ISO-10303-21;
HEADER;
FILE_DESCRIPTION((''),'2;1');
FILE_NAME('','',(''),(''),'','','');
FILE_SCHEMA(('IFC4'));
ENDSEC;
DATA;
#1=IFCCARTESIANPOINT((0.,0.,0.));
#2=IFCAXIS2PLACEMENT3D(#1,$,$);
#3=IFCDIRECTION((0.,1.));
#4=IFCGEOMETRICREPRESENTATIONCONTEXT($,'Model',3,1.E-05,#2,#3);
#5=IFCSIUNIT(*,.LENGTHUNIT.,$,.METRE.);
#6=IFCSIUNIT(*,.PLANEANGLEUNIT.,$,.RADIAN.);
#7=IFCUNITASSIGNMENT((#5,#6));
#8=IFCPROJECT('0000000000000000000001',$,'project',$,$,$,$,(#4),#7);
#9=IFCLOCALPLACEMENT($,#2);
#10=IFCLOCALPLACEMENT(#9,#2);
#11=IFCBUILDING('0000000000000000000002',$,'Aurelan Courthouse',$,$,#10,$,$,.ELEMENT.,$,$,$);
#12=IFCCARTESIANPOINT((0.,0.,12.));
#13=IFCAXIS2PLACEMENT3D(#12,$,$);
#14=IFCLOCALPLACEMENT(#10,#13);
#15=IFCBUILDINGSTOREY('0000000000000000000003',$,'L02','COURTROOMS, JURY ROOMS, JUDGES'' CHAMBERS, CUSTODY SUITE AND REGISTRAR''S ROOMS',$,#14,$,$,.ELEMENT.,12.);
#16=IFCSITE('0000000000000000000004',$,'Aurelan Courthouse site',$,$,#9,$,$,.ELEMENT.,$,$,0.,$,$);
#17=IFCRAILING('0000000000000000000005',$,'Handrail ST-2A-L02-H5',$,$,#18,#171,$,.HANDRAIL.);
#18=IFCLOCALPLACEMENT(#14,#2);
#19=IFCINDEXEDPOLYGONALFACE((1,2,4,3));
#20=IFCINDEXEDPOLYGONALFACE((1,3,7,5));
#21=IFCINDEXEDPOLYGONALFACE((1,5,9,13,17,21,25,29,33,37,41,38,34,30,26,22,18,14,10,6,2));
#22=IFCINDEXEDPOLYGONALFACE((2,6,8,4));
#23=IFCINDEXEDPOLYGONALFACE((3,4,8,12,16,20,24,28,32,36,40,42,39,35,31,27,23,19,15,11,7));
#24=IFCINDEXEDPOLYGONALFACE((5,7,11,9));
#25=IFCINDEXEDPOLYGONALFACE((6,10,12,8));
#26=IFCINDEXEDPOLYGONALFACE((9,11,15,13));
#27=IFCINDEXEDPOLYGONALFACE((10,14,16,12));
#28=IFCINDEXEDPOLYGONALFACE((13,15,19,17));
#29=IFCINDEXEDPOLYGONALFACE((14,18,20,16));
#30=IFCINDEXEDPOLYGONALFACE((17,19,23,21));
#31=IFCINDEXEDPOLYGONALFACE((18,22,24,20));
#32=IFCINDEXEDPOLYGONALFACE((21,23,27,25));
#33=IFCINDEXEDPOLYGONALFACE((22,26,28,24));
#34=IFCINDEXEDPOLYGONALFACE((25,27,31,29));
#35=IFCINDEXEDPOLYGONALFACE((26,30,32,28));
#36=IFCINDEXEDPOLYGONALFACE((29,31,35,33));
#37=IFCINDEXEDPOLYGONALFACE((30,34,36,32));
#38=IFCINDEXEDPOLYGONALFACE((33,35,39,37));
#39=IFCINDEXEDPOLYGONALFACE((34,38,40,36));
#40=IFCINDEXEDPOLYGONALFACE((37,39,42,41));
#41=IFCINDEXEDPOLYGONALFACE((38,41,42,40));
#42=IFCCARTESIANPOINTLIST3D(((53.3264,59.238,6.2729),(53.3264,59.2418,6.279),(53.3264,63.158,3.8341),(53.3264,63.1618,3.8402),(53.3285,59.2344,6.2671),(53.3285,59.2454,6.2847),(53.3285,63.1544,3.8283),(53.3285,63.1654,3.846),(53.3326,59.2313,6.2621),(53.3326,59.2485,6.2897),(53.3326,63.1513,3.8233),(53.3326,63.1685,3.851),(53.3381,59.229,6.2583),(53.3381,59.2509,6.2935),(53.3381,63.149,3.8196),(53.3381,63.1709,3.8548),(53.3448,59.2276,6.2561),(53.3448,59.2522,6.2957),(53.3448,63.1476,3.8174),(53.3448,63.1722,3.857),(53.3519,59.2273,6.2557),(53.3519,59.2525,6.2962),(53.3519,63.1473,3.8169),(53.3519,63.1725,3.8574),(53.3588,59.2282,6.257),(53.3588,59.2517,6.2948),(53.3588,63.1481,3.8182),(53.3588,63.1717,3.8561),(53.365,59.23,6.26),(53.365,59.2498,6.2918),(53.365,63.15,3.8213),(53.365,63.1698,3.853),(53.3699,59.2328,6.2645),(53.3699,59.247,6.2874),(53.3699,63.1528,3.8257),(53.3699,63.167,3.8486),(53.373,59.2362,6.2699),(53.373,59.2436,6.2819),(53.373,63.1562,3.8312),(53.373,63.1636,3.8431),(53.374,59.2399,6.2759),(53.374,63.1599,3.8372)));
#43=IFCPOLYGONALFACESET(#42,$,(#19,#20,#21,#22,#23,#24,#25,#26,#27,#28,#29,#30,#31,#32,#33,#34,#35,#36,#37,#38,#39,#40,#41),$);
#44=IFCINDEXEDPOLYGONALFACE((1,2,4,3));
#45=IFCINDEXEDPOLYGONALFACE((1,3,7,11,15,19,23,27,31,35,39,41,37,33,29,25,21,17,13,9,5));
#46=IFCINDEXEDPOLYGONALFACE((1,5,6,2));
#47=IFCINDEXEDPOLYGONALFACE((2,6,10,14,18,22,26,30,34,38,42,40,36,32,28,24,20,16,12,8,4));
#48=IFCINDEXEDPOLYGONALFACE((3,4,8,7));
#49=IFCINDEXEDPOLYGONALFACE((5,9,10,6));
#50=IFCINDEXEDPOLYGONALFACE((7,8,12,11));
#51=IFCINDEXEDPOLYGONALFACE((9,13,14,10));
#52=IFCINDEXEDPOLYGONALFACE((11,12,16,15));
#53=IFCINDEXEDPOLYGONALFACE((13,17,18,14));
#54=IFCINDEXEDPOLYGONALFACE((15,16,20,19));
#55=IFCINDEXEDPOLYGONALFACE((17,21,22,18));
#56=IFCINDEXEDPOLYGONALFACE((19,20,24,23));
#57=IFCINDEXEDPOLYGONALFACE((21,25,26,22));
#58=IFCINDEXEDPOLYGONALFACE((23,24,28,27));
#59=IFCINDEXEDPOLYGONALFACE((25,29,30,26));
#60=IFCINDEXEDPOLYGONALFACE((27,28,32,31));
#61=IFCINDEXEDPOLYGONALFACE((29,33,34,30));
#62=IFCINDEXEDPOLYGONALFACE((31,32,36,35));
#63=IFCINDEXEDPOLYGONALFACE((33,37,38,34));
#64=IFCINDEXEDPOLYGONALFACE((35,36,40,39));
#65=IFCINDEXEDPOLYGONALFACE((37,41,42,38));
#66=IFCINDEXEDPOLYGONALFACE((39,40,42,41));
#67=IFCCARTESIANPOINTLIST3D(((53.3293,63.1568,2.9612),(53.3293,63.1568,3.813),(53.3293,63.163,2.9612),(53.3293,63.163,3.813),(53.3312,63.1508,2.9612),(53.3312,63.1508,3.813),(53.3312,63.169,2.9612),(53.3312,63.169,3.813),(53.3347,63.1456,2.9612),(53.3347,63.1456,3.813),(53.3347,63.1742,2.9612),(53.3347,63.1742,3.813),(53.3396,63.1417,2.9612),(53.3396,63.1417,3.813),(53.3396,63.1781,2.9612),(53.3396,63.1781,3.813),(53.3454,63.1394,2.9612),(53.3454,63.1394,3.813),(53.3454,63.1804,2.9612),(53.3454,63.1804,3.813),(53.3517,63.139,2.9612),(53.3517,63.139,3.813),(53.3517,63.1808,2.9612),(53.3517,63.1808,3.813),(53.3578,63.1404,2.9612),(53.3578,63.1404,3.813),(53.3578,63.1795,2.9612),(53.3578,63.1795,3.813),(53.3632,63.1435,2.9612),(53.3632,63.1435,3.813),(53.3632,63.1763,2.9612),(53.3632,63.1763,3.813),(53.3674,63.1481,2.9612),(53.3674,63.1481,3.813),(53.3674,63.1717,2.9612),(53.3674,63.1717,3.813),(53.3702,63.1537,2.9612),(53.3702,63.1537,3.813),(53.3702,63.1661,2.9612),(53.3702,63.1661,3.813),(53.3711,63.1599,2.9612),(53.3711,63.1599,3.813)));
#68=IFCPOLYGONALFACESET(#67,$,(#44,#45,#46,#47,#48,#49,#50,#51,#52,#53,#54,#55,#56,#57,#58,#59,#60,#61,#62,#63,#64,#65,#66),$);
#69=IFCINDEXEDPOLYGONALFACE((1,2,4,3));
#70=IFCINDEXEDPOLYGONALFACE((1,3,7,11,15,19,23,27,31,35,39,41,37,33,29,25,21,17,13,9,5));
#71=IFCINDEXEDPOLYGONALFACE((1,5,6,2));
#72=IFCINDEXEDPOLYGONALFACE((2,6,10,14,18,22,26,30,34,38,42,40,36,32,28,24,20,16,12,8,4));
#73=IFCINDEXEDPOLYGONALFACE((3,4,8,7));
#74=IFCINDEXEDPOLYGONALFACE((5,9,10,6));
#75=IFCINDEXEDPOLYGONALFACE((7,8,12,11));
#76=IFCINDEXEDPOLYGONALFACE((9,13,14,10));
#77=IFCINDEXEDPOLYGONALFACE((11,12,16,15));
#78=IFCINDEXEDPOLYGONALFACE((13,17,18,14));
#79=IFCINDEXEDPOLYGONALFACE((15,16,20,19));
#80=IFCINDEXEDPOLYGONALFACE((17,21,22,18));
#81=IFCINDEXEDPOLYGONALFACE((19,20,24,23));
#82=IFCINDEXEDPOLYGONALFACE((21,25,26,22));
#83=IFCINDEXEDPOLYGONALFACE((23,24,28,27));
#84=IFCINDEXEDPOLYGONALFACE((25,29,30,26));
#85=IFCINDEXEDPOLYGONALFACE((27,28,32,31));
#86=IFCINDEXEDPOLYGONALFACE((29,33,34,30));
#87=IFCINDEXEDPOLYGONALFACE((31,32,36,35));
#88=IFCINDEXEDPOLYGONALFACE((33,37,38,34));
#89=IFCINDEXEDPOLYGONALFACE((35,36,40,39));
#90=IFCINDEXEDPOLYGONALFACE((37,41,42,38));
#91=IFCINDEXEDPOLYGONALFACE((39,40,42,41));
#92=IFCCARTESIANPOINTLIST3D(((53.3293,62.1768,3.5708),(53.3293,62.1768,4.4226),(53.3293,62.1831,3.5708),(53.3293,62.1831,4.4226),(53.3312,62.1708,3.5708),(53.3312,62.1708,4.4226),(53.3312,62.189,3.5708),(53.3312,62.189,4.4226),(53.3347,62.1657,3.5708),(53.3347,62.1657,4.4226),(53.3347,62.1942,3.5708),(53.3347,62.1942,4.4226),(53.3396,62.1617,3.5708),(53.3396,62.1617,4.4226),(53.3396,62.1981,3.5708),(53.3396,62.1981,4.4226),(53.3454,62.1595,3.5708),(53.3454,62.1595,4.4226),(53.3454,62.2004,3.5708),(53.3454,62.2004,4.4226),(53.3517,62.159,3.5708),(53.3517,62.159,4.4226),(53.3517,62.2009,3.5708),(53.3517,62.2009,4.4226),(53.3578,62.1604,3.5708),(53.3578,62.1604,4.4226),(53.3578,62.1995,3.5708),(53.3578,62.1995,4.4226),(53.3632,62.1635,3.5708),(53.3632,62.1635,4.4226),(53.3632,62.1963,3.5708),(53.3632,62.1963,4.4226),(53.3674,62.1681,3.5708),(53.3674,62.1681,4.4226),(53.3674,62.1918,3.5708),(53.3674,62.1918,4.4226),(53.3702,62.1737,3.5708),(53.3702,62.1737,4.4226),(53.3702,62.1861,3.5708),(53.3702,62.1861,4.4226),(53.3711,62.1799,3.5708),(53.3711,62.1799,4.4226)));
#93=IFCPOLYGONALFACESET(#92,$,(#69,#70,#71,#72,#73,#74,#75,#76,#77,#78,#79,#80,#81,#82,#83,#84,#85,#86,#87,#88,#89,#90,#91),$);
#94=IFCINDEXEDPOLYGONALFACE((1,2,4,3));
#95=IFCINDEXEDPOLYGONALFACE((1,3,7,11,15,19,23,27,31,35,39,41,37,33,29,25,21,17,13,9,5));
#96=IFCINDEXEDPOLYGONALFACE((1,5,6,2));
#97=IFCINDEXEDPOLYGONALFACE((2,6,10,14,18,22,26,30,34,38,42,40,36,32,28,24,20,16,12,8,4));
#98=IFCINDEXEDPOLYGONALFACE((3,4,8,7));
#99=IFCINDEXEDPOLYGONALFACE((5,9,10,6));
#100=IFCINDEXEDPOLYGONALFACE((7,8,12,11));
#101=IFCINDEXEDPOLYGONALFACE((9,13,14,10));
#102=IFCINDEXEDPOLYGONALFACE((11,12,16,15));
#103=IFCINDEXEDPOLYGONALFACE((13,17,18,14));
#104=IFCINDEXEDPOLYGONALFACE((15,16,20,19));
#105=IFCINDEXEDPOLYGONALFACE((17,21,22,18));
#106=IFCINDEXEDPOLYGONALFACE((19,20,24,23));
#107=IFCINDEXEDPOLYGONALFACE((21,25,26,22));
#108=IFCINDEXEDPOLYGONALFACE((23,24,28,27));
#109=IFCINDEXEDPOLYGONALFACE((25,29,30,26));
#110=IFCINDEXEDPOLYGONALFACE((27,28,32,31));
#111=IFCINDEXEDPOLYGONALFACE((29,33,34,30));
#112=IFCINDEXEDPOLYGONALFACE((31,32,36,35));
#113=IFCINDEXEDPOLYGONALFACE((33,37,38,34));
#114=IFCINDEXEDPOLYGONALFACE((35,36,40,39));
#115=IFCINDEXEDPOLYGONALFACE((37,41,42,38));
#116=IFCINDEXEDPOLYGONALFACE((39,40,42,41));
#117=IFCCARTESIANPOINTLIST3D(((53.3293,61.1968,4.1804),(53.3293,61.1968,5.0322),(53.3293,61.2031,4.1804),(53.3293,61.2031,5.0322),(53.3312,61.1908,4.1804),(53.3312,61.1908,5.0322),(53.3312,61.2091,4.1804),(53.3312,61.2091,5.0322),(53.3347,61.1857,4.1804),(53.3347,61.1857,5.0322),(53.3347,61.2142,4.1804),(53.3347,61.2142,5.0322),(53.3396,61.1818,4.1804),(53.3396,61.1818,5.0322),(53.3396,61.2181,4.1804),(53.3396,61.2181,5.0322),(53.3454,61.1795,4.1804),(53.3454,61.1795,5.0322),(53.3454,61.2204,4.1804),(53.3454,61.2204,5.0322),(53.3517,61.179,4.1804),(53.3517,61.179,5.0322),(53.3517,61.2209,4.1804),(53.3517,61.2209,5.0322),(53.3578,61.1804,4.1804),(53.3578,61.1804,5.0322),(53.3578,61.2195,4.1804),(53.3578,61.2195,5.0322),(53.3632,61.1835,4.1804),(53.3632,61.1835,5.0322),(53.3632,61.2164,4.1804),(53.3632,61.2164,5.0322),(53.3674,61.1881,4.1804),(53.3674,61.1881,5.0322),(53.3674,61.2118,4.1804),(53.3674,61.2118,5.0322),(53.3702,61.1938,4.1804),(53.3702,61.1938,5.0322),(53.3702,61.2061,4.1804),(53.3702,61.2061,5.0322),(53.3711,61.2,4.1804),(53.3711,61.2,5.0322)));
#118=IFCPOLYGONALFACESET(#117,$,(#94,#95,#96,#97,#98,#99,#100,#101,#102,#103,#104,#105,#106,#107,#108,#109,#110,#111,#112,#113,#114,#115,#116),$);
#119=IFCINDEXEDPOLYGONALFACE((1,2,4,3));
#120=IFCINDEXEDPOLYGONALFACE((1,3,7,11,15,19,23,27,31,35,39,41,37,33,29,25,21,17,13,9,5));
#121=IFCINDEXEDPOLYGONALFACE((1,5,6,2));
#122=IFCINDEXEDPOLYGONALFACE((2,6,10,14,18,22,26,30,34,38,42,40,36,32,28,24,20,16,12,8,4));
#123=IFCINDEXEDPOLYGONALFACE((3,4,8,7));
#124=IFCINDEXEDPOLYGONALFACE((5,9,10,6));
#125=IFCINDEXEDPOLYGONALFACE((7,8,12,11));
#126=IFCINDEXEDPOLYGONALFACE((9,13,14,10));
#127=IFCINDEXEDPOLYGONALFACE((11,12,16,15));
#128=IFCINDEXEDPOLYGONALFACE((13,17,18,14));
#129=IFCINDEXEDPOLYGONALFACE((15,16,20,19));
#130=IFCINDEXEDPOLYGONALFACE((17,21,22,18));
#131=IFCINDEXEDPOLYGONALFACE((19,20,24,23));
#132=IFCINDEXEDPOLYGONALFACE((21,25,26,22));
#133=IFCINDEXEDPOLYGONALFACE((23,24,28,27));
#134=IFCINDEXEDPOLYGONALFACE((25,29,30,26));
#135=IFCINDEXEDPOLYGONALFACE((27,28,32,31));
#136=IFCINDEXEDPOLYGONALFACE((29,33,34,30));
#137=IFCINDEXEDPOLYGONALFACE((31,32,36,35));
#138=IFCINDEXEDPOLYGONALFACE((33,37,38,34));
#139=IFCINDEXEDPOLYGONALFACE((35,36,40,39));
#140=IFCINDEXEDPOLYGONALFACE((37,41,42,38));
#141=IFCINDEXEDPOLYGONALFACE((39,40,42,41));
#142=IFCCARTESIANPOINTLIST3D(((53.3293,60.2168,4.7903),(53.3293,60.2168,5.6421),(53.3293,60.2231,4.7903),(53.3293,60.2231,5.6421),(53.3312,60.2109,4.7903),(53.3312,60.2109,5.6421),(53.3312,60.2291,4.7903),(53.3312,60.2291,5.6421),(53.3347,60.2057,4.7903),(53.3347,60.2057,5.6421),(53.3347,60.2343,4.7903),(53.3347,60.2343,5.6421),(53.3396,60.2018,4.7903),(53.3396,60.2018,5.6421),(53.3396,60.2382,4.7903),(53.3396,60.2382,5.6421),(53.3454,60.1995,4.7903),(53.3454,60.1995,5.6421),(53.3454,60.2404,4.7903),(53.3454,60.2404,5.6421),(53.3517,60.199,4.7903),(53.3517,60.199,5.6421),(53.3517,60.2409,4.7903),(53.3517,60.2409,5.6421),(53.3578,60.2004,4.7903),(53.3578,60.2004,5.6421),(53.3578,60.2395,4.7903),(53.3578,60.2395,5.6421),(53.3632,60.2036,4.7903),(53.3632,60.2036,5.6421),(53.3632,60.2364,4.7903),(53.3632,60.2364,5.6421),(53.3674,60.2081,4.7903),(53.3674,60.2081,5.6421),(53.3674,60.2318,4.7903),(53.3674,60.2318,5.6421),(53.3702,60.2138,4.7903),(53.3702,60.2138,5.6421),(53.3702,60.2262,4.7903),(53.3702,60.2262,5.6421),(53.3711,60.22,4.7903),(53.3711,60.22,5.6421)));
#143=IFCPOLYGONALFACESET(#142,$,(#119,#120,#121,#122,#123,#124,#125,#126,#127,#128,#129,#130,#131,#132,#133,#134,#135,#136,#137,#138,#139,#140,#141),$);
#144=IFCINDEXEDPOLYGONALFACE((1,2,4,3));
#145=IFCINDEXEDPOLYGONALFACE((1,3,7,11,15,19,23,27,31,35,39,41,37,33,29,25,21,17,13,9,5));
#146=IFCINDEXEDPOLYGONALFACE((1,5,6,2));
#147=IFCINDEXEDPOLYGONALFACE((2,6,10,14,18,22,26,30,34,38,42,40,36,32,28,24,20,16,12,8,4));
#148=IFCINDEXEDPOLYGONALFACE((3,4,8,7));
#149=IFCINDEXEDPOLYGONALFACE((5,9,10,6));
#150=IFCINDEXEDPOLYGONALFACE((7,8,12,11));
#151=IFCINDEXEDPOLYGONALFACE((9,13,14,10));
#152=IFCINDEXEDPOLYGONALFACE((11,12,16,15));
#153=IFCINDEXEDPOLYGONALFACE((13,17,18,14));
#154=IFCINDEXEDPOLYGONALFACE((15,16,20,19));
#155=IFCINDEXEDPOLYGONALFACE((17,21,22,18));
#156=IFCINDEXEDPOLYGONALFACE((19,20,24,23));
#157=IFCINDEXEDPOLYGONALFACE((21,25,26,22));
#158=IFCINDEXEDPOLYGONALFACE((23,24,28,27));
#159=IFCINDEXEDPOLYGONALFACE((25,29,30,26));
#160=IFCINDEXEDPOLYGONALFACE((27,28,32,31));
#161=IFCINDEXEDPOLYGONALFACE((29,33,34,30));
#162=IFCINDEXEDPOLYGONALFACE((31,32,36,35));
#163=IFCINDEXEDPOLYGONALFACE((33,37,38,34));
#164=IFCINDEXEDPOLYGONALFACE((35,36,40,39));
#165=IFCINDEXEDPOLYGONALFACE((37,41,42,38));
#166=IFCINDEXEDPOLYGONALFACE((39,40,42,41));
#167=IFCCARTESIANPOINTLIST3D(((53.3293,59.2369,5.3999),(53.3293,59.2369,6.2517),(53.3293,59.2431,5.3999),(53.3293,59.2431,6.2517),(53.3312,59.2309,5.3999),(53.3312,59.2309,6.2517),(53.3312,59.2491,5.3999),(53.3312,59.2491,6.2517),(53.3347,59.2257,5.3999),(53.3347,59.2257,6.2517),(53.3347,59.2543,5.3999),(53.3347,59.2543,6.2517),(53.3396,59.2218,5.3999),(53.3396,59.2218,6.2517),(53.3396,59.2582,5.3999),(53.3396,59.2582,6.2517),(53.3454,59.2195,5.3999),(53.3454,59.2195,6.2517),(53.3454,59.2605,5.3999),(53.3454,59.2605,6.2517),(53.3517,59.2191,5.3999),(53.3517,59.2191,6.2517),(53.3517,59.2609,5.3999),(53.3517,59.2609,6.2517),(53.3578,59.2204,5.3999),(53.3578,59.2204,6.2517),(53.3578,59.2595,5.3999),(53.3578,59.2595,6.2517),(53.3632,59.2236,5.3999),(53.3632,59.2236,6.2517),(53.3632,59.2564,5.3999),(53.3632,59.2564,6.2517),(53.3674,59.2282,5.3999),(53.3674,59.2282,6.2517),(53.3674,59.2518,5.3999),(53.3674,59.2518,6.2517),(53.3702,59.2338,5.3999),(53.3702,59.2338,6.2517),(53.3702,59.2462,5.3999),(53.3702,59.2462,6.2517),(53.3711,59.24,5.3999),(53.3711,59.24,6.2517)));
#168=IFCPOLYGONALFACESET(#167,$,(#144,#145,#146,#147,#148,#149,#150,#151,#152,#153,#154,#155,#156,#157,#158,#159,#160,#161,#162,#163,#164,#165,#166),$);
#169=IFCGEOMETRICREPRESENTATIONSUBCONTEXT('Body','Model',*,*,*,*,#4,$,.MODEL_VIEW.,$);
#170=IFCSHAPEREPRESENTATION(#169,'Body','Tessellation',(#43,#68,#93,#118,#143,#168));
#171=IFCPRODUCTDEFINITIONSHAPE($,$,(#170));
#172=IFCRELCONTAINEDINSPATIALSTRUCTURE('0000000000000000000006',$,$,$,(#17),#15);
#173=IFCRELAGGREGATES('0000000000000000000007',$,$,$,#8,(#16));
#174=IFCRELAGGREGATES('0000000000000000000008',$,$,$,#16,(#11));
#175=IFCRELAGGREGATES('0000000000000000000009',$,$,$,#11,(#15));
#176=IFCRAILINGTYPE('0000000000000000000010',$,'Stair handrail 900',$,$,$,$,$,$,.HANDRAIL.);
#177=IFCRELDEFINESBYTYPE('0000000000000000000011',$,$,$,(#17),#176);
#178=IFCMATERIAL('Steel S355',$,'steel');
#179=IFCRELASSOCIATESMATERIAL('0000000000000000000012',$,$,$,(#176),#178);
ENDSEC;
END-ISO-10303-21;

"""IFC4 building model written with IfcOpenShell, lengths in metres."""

from ifc_helpers import new_model, si_unit, direction, frame, origin, origin_2d, place, context, subcontext, project, spatial, circle, extrude, material, type_object, element, save


model = new_model("IFC4")

# Units and contexts
model_context = context("Model", 3, precision=1e-05, world=origin(), true_north=direction((0.0, 1.0)))
body_context = subcontext(model_context, "Body", "Model", "MODEL_VIEW")
ifc_project = project(units=[si_unit("LENGTHUNIT", "METRE"), si_unit("PLANEANGLEUNIT", "RADIAN")], contexts=[model_context])

# Site, building, storey
site_placement = place(None, origin())
site = spatial("IfcSite", under=ifc_project, at=site_placement, Name="Aurelan Courthouse site", CompositionType="ELEMENT", RefElevation=0.0)
building_placement = place(site_placement, origin())
building = spatial("IfcBuilding", under=site, at=building_placement, Name="Aurelan Courthouse", CompositionType="ELEMENT")
storey_placement = place(building_placement, frame((0.0, 0.0, 12.0)))
storey = spatial("IfcBuildingStorey", under=building, at=storey_placement, Name="L02", Description="COURTROOMS, JURY ROOMS, JUDGES' CHAMBERS, CUSTODY SUITE AND REGISTRAR'S ROOMS", CompositionType="ELEMENT", Elevation=12.0)

# Railing
ifc_material_1 = material(Name="Steel S355", Category="steel")
railing_type_1 = type_object("IfcRailingType", Name="Stair handrail 900", PredefinedType="HANDRAIL", material=ifc_material_1)
for number, where, name in (
    (1, (53.3501, 63.1599, 2.9612), "Handrail ST-2A-L02-H5"),
):
    element("IfcRailing", number, at=place(storey_placement, frame(where)), inside=storey, type_object=railing_type_1, Name=name, PredefinedType="HANDRAIL", context=body_context, shape_type="SweptSolid", body=[
        extrude(circle(Radius=0.0239, at=origin_2d()), frame((0.0, 0.0, 0.876), z_axis=(0.0, -0.84909, 0.528249), x_axis=(1.0, 0.0, 0.0)), (0.0, 0.0, 1.0), 4.6167),
        extrude(circle(Radius=0.021, at=origin_2d()), origin(), (0.0, 0.0, 1.0), 0.8518),
        extrude(circle(Radius=0.021, at=origin_2d()), frame((0.0, -0.98, 0.6096)), (0.0, 0.0, 1.0), 0.8518),
        extrude(circle(Radius=0.021, at=origin_2d()), frame((0.0, -1.96, 1.2192)), (0.0, 0.0, 1.0), 0.8518),
        extrude(circle(Radius=0.021, at=origin_2d()), frame((0.0, -2.9399, 1.8291)), (0.0, 0.0, 1.0), 0.8518),
        extrude(circle(Radius=0.021, at=origin_2d()), frame((0.0, -3.9199, 2.4387)), (0.0, 0.0, 1.0), 0.8518),
    ])

save(model, "model.ifc")
